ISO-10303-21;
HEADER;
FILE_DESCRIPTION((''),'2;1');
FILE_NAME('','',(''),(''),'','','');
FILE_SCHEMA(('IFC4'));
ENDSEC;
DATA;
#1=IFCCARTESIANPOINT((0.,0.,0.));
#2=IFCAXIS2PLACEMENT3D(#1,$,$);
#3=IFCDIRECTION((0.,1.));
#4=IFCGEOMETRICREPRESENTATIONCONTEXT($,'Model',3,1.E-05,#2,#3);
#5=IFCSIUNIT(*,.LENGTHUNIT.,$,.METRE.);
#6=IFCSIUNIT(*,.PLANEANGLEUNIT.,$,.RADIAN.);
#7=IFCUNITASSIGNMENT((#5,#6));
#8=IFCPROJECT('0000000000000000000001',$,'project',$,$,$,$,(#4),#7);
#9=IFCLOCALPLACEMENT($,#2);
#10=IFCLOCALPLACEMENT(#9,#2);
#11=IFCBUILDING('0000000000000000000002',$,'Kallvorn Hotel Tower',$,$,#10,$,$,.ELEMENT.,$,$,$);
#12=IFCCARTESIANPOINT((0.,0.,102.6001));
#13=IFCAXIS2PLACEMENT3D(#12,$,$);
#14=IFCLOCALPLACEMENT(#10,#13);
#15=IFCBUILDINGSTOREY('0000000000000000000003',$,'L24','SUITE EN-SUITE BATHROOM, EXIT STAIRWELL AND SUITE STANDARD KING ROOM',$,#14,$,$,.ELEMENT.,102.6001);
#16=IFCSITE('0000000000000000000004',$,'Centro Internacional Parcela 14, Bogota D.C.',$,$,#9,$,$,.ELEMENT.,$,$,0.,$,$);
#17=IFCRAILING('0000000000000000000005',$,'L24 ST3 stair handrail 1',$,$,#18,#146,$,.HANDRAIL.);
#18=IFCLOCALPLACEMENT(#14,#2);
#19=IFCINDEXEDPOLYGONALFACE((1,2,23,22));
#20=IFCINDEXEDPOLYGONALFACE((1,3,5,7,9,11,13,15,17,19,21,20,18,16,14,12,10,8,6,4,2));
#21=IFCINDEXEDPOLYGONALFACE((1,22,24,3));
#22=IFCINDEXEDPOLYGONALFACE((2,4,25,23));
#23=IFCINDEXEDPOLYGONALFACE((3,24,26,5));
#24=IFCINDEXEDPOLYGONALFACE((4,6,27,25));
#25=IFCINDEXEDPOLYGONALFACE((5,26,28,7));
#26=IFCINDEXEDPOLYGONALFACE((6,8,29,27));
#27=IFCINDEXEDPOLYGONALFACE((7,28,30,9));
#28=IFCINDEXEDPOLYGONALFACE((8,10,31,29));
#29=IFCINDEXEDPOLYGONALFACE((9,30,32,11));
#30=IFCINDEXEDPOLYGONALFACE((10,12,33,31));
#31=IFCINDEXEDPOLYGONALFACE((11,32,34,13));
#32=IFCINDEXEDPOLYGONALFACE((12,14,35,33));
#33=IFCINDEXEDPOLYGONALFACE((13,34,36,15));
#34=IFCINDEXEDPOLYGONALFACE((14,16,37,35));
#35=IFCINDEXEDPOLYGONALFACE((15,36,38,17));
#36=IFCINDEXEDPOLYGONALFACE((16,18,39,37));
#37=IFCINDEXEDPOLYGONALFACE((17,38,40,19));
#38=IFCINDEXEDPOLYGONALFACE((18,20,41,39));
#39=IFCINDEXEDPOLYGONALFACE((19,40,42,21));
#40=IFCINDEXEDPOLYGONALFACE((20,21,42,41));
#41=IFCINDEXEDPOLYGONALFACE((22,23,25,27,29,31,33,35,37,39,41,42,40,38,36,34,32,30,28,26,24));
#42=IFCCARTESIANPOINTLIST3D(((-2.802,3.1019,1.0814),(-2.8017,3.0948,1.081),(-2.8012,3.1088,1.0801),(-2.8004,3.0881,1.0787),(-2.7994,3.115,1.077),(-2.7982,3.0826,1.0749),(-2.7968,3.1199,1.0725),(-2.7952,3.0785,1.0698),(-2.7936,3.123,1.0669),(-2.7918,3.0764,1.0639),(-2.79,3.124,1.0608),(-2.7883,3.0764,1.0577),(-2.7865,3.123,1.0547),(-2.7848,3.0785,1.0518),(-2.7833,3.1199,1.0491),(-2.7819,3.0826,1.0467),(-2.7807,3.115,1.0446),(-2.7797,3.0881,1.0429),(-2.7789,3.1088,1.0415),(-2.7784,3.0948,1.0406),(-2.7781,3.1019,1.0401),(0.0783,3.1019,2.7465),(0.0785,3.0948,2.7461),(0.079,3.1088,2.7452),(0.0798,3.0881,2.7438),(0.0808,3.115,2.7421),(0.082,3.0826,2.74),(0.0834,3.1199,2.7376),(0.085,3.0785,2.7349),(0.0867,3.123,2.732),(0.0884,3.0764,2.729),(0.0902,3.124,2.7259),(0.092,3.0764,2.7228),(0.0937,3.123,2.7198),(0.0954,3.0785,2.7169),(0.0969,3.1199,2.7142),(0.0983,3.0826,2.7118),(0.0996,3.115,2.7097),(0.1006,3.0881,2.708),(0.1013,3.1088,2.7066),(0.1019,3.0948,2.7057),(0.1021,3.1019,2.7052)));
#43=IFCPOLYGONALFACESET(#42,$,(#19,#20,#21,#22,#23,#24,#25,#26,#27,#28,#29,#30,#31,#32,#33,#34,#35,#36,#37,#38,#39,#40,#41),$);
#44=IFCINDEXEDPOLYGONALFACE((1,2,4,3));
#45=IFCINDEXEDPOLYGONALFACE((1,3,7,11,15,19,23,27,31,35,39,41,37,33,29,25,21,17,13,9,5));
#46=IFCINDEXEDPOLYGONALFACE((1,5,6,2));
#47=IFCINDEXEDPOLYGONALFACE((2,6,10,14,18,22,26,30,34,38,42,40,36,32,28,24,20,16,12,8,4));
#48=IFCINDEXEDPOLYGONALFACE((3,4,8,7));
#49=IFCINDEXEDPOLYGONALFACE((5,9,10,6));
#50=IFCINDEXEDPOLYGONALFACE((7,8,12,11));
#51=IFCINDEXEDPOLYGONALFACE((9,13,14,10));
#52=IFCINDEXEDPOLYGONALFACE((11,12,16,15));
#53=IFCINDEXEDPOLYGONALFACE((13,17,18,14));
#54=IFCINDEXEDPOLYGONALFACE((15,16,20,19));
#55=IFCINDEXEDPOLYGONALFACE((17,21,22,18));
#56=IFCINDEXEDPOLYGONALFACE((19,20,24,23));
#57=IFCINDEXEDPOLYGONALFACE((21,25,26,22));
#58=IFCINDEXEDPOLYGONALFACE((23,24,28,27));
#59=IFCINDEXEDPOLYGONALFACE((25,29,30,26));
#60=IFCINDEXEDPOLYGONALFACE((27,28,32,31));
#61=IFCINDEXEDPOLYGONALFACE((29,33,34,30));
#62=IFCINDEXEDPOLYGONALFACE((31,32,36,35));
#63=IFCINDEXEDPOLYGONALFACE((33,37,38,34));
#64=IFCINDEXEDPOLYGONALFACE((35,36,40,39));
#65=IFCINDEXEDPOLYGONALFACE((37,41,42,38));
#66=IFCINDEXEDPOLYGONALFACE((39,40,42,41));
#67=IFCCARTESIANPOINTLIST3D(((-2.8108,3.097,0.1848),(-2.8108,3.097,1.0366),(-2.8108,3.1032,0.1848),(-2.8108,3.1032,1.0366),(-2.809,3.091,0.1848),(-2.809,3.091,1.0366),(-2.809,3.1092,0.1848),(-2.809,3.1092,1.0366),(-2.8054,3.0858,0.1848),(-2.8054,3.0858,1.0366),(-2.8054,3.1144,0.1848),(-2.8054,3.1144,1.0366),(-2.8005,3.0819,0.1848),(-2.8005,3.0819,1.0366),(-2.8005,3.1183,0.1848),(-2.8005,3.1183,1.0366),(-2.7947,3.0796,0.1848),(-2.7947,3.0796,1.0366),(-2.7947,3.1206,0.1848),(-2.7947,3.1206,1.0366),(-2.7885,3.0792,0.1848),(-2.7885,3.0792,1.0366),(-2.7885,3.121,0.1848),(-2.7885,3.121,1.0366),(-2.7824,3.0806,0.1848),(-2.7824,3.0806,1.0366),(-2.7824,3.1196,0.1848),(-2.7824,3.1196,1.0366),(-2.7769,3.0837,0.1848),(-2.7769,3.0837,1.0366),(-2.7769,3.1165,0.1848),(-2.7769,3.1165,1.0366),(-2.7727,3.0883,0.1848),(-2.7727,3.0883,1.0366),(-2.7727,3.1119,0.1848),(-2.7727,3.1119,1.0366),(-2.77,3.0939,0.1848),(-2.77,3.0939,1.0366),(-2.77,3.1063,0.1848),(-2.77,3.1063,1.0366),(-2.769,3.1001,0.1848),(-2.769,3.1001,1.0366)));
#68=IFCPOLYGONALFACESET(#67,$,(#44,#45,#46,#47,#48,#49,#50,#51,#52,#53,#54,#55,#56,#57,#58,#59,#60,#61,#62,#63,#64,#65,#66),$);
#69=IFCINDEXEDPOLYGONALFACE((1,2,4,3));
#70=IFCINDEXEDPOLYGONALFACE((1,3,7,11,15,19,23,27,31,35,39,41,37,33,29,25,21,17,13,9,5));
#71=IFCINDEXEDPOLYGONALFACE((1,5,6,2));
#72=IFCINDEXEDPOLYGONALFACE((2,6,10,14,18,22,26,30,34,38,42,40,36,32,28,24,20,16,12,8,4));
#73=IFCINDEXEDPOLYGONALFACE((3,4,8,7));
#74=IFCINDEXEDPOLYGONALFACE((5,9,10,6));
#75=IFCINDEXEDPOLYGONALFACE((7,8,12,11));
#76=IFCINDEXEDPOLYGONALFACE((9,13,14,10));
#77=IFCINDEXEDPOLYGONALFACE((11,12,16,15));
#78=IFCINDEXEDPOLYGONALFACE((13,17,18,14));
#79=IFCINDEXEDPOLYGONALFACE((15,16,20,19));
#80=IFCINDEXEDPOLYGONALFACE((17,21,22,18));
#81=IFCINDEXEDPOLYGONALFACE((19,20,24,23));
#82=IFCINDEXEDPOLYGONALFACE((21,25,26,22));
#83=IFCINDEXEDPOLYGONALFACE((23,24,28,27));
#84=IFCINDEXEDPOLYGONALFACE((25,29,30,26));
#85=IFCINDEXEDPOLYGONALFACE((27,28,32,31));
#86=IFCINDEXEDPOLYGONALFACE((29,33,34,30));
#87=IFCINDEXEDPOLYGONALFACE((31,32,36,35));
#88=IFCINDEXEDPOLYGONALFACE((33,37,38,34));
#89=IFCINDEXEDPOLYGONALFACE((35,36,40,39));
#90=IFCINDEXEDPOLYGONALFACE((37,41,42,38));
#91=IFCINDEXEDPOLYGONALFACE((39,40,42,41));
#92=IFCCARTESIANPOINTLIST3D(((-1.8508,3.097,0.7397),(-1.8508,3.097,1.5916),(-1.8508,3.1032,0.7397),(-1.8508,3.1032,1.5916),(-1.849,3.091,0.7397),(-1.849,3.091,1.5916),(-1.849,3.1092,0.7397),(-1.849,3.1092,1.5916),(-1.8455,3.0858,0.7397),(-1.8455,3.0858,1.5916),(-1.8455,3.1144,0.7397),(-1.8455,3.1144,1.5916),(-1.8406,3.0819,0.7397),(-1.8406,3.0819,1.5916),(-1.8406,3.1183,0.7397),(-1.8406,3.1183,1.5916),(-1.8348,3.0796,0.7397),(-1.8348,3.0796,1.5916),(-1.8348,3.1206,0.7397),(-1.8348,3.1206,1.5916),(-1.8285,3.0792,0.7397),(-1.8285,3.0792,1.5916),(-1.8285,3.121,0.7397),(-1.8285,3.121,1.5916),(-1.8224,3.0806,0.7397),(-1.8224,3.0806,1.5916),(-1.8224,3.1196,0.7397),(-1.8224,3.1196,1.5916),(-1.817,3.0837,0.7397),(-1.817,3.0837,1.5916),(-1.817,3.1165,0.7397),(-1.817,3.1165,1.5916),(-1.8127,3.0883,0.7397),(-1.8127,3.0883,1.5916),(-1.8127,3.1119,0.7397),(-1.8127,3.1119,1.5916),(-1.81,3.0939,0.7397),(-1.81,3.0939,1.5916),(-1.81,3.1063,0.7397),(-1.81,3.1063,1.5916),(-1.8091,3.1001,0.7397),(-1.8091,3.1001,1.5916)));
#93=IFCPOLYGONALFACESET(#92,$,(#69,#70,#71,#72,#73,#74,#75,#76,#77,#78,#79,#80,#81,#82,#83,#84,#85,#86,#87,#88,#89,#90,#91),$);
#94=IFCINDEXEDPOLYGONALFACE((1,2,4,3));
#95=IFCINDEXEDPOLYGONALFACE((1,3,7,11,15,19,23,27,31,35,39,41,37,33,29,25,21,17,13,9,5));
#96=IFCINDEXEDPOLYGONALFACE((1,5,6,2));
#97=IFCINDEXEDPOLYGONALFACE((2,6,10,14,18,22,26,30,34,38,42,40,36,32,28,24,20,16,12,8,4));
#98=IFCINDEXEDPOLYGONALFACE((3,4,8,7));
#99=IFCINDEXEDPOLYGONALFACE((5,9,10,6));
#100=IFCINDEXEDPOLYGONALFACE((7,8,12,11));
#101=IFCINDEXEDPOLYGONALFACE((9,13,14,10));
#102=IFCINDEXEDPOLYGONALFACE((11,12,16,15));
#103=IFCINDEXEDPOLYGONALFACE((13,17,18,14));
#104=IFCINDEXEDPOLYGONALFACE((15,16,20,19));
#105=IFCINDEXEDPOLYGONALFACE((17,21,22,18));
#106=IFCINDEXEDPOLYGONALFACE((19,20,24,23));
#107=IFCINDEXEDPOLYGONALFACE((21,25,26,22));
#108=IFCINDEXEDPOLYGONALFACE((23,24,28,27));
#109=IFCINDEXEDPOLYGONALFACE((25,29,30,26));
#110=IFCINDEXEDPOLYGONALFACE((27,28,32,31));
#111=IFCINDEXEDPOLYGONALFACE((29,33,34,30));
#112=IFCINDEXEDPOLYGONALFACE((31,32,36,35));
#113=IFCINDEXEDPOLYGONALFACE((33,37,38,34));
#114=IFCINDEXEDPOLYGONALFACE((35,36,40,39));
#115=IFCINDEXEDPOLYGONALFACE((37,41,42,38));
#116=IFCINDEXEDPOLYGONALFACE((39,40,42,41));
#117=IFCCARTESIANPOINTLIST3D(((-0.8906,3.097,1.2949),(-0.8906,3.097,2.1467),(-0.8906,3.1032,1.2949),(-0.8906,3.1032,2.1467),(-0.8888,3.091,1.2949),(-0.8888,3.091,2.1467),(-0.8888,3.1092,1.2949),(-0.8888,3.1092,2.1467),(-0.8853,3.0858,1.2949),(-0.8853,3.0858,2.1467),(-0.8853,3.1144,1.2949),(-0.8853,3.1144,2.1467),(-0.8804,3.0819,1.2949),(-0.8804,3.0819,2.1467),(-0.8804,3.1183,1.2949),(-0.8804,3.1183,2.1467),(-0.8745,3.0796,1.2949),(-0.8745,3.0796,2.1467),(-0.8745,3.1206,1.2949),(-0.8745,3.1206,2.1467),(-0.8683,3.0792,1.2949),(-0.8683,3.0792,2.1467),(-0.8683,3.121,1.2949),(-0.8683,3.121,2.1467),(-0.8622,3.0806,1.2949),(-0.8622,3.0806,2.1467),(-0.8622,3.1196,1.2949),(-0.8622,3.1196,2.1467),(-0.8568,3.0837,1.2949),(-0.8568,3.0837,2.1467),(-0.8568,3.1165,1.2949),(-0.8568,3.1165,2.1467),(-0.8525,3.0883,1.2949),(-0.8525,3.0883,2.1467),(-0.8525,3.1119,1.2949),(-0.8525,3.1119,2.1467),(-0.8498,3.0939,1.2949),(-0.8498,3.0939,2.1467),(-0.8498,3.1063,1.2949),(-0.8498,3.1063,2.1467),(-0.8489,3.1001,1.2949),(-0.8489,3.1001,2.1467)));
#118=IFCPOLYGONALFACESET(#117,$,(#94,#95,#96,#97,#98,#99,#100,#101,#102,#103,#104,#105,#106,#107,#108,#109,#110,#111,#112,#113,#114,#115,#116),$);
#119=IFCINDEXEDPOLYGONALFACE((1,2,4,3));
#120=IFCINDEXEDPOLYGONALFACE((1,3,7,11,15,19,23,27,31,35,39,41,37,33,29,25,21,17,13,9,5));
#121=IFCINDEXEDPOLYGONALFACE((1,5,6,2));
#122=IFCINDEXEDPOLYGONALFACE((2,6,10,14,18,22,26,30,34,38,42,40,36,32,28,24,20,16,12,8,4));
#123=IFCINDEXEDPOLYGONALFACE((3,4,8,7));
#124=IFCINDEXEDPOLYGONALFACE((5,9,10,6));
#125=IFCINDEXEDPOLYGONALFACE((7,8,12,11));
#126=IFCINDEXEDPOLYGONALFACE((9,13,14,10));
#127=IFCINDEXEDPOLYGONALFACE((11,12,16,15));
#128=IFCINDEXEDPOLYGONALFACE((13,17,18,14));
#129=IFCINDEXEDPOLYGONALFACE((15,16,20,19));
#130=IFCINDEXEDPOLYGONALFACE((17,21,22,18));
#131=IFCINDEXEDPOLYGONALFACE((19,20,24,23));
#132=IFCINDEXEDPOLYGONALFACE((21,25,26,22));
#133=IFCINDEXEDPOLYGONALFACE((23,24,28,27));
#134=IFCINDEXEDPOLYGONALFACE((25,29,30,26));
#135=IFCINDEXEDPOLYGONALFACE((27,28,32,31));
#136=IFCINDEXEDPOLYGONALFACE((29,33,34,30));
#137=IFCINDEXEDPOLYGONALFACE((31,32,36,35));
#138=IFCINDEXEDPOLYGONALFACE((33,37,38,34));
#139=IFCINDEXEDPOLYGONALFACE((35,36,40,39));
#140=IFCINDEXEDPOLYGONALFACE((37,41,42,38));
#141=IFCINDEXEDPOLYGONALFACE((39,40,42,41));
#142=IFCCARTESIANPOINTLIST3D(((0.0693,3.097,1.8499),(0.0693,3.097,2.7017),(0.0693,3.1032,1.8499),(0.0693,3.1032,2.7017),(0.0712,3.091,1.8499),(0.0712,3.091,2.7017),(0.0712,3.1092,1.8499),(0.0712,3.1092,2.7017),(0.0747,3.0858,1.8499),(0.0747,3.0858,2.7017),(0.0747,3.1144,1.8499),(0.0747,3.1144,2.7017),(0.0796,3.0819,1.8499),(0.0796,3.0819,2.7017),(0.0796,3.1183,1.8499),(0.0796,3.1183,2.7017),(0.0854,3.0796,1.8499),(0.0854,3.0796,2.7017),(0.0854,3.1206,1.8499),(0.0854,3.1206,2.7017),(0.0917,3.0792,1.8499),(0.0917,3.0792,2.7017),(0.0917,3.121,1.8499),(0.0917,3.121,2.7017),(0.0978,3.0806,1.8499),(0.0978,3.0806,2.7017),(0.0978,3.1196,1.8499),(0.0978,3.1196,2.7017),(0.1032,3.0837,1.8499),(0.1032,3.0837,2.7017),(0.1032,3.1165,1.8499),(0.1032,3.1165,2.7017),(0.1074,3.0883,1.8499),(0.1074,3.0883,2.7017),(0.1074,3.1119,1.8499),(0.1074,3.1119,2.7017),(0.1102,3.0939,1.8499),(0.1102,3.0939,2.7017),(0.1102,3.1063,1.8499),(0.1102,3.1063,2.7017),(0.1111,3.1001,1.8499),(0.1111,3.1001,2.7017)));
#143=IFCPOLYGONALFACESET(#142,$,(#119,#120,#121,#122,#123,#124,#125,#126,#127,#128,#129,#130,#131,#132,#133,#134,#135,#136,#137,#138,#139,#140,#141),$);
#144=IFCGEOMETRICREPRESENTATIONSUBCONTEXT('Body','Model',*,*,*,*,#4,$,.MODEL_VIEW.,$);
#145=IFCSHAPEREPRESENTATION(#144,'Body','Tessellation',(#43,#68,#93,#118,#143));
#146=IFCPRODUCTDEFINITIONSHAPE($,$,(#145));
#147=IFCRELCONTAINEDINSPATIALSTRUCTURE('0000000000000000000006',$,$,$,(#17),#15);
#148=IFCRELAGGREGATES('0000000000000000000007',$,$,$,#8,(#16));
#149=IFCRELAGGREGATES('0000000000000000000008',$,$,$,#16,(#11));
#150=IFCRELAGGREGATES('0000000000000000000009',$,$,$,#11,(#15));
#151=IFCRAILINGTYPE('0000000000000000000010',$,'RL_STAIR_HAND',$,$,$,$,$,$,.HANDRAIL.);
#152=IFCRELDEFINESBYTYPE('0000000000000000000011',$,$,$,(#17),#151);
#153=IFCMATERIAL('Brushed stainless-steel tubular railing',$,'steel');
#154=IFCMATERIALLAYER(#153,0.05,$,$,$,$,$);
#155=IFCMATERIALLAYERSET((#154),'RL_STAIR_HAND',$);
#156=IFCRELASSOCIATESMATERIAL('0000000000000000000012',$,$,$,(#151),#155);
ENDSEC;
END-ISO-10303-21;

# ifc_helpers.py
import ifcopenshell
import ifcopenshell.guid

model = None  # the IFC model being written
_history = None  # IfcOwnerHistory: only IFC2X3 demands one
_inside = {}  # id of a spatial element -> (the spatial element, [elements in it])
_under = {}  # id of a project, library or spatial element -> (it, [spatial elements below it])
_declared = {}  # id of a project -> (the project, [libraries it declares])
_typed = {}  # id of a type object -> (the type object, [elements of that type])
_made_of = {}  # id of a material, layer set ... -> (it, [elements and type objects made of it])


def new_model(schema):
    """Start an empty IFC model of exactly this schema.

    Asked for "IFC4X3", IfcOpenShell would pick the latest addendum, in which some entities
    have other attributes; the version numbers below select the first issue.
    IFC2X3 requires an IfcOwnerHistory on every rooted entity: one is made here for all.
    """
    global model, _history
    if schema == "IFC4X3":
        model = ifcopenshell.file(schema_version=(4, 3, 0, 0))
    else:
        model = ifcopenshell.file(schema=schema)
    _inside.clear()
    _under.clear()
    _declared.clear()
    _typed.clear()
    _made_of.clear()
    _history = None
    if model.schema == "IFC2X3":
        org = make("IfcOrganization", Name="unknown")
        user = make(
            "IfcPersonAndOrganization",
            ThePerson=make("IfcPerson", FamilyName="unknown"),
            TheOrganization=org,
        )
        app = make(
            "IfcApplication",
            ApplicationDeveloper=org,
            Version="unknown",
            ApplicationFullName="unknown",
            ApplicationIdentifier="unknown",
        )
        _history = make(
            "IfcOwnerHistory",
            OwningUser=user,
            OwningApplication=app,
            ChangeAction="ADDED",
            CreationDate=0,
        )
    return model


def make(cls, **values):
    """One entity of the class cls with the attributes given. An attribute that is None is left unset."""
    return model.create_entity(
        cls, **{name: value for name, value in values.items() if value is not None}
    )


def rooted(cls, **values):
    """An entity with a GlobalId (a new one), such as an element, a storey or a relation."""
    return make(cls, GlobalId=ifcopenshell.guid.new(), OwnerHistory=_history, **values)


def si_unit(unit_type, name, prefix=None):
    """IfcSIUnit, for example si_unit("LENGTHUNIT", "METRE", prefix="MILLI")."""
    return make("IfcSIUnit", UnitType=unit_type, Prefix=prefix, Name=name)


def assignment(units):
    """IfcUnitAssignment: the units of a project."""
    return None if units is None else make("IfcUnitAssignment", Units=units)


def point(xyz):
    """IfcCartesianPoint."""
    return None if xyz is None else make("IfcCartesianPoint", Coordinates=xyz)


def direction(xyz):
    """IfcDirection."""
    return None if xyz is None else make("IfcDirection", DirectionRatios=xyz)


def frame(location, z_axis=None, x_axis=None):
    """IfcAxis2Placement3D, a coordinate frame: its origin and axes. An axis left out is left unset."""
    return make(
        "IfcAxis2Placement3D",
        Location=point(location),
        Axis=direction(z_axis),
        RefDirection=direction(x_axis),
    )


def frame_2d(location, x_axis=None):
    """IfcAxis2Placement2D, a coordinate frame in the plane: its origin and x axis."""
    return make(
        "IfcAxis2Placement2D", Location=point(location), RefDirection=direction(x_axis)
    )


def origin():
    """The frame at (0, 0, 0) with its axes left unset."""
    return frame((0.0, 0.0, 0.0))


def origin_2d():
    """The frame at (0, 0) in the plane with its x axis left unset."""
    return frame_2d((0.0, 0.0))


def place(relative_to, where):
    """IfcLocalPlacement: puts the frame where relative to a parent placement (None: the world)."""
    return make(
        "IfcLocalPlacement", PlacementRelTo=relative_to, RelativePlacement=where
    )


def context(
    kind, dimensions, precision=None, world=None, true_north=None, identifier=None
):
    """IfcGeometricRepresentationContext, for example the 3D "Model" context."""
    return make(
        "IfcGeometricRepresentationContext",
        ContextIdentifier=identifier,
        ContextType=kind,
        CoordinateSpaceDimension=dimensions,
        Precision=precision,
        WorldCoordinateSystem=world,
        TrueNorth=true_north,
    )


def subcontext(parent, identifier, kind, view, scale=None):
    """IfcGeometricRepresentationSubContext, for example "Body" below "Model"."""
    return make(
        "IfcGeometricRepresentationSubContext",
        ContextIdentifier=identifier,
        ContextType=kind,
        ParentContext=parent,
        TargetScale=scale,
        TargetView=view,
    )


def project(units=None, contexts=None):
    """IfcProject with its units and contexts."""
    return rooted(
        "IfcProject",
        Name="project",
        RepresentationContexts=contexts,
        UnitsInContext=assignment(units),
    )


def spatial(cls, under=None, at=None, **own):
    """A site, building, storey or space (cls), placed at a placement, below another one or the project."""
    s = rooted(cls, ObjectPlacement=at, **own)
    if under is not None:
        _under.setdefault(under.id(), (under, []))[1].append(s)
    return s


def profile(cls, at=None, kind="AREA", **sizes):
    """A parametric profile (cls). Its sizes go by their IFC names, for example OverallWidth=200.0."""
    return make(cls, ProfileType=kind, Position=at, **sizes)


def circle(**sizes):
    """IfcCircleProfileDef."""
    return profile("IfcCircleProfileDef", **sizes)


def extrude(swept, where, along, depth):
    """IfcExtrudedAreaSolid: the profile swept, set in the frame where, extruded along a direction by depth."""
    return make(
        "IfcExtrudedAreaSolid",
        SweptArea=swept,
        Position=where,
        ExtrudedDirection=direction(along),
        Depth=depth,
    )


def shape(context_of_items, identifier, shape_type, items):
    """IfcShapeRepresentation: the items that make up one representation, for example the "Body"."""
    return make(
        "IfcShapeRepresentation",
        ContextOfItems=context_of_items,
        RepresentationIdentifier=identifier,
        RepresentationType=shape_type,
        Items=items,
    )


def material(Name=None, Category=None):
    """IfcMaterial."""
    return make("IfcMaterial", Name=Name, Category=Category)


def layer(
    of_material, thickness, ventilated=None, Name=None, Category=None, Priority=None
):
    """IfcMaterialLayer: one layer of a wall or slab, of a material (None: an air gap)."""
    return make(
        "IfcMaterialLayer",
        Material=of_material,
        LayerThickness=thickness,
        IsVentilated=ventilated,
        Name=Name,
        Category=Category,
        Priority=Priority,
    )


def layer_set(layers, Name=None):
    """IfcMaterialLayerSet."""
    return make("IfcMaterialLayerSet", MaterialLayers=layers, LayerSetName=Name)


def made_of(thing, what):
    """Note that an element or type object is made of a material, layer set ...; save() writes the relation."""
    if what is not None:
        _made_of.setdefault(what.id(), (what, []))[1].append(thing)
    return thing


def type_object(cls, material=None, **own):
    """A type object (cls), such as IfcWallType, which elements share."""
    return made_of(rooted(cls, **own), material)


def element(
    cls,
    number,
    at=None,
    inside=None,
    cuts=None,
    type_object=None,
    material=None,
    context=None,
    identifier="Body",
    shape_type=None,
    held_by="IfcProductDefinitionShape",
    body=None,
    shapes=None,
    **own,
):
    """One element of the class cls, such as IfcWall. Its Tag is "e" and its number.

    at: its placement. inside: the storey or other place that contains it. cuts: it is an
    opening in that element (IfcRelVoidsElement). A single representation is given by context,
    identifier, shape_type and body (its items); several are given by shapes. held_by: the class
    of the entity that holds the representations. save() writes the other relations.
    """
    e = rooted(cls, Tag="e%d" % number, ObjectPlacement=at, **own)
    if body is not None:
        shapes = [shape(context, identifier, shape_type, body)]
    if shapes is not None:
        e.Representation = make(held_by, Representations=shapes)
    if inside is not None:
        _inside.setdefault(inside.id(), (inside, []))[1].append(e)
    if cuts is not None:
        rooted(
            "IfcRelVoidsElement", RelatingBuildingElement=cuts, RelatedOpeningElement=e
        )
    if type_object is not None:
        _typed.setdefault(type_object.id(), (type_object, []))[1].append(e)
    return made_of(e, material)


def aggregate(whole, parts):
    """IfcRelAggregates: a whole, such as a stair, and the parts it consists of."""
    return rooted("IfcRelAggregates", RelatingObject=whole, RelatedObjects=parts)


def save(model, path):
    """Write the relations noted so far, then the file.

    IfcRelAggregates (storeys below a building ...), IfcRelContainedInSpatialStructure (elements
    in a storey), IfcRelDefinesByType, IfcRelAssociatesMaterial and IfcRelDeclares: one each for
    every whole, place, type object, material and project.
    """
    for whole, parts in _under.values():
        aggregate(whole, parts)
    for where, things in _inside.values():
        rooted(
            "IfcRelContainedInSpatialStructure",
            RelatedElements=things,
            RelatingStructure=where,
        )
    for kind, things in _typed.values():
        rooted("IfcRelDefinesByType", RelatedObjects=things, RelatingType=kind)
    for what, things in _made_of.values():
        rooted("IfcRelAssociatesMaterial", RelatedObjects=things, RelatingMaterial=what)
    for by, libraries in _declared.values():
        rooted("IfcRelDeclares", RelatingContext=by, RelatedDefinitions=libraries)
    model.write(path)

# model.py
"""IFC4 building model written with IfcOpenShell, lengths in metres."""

from ifc_helpers import new_model, si_unit, direction, frame, origin, origin_2d, place, context, subcontext, project, spatial, circle, extrude, material, layer, layer_set, type_object, element, save


model = new_model("IFC4")

# Units and contexts
model_context = context("Model", 3, precision=1e-05, world=origin(), true_north=direction((0.0, 1.0)))
body_context = subcontext(model_context, "Body", "Model", "MODEL_VIEW")
ifc_project = project(units=[si_unit("LENGTHUNIT", "METRE"), si_unit("PLANEANGLEUNIT", "RADIAN")], contexts=[model_context])

# Site, building, storey
site_placement = place(None, origin())
site = spatial("IfcSite", under=ifc_project, at=site_placement, Name="Centro Internacional Parcela 14, Bogota D.C.", CompositionType="ELEMENT", RefElevation=0.0)
building_placement = place(site_placement, origin())
building = spatial("IfcBuilding", under=site, at=building_placement, Name="Kallvorn Hotel Tower", CompositionType="ELEMENT")
storey_placement = place(building_placement, frame((0.0, 0.0, 102.6001)))
storey = spatial("IfcBuildingStorey", under=building, at=storey_placement, Name="L24", Description="SUITE EN-SUITE BATHROOM, EXIT STAIRWELL AND SUITE STANDARD KING ROOM", CompositionType="ELEMENT", Elevation=102.6001)

# Railing
ifc_material_1 = material(Name="Brushed stainless-steel tubular railing", Category="steel")
ifc_layer_1 = layer(ifc_material_1, 0.05)
ifc_layer_set_1 = layer_set([ifc_layer_1], Name="RL_STAIR_HAND")
railing_type_1 = type_object("IfcRailingType", Name="RL_STAIR_HAND", PredefinedType="HANDRAIL", material=ifc_layer_set_1)
railing_1_placement = place(storey_placement, frame((-2.79, 3.1001, 0.1848)))
element("IfcRailing", 1, at=railing_1_placement, inside=storey, type_object=railing_type_1, Name="L24 ST3 stair handrail 1", PredefinedType="HANDRAIL", context=body_context, shape_type="SweptSolid", body=[
    extrude(circle(Radius=0.0239, at=origin_2d()), frame((0.0, 0.0, 0.876), z_axis=(0.865739, 0.0, 0.500495), x_axis=(0.0, 1.0, 0.0)), (0.0, 0.0, 1.0), 3.3269),
    extrude(circle(Radius=0.021, at=origin_2d()), origin(), (0.0, 0.0, 1.0), 0.8518),
    extrude(circle(Radius=0.021, at=origin_2d()), frame((0.96, 0.0, 0.5549)), (0.0, 0.0, 1.0), 0.8518),
    extrude(circle(Radius=0.021, at=origin_2d()), frame((1.9202, 0.0, 1.1101)), (0.0, 0.0, 1.0), 0.8518),
    extrude(circle(Radius=0.021, at=origin_2d()), frame((2.8801, 0.0, 1.665)), (0.0, 0.0, 1.0), 0.8518),
])

save(model, "model.ifc")
